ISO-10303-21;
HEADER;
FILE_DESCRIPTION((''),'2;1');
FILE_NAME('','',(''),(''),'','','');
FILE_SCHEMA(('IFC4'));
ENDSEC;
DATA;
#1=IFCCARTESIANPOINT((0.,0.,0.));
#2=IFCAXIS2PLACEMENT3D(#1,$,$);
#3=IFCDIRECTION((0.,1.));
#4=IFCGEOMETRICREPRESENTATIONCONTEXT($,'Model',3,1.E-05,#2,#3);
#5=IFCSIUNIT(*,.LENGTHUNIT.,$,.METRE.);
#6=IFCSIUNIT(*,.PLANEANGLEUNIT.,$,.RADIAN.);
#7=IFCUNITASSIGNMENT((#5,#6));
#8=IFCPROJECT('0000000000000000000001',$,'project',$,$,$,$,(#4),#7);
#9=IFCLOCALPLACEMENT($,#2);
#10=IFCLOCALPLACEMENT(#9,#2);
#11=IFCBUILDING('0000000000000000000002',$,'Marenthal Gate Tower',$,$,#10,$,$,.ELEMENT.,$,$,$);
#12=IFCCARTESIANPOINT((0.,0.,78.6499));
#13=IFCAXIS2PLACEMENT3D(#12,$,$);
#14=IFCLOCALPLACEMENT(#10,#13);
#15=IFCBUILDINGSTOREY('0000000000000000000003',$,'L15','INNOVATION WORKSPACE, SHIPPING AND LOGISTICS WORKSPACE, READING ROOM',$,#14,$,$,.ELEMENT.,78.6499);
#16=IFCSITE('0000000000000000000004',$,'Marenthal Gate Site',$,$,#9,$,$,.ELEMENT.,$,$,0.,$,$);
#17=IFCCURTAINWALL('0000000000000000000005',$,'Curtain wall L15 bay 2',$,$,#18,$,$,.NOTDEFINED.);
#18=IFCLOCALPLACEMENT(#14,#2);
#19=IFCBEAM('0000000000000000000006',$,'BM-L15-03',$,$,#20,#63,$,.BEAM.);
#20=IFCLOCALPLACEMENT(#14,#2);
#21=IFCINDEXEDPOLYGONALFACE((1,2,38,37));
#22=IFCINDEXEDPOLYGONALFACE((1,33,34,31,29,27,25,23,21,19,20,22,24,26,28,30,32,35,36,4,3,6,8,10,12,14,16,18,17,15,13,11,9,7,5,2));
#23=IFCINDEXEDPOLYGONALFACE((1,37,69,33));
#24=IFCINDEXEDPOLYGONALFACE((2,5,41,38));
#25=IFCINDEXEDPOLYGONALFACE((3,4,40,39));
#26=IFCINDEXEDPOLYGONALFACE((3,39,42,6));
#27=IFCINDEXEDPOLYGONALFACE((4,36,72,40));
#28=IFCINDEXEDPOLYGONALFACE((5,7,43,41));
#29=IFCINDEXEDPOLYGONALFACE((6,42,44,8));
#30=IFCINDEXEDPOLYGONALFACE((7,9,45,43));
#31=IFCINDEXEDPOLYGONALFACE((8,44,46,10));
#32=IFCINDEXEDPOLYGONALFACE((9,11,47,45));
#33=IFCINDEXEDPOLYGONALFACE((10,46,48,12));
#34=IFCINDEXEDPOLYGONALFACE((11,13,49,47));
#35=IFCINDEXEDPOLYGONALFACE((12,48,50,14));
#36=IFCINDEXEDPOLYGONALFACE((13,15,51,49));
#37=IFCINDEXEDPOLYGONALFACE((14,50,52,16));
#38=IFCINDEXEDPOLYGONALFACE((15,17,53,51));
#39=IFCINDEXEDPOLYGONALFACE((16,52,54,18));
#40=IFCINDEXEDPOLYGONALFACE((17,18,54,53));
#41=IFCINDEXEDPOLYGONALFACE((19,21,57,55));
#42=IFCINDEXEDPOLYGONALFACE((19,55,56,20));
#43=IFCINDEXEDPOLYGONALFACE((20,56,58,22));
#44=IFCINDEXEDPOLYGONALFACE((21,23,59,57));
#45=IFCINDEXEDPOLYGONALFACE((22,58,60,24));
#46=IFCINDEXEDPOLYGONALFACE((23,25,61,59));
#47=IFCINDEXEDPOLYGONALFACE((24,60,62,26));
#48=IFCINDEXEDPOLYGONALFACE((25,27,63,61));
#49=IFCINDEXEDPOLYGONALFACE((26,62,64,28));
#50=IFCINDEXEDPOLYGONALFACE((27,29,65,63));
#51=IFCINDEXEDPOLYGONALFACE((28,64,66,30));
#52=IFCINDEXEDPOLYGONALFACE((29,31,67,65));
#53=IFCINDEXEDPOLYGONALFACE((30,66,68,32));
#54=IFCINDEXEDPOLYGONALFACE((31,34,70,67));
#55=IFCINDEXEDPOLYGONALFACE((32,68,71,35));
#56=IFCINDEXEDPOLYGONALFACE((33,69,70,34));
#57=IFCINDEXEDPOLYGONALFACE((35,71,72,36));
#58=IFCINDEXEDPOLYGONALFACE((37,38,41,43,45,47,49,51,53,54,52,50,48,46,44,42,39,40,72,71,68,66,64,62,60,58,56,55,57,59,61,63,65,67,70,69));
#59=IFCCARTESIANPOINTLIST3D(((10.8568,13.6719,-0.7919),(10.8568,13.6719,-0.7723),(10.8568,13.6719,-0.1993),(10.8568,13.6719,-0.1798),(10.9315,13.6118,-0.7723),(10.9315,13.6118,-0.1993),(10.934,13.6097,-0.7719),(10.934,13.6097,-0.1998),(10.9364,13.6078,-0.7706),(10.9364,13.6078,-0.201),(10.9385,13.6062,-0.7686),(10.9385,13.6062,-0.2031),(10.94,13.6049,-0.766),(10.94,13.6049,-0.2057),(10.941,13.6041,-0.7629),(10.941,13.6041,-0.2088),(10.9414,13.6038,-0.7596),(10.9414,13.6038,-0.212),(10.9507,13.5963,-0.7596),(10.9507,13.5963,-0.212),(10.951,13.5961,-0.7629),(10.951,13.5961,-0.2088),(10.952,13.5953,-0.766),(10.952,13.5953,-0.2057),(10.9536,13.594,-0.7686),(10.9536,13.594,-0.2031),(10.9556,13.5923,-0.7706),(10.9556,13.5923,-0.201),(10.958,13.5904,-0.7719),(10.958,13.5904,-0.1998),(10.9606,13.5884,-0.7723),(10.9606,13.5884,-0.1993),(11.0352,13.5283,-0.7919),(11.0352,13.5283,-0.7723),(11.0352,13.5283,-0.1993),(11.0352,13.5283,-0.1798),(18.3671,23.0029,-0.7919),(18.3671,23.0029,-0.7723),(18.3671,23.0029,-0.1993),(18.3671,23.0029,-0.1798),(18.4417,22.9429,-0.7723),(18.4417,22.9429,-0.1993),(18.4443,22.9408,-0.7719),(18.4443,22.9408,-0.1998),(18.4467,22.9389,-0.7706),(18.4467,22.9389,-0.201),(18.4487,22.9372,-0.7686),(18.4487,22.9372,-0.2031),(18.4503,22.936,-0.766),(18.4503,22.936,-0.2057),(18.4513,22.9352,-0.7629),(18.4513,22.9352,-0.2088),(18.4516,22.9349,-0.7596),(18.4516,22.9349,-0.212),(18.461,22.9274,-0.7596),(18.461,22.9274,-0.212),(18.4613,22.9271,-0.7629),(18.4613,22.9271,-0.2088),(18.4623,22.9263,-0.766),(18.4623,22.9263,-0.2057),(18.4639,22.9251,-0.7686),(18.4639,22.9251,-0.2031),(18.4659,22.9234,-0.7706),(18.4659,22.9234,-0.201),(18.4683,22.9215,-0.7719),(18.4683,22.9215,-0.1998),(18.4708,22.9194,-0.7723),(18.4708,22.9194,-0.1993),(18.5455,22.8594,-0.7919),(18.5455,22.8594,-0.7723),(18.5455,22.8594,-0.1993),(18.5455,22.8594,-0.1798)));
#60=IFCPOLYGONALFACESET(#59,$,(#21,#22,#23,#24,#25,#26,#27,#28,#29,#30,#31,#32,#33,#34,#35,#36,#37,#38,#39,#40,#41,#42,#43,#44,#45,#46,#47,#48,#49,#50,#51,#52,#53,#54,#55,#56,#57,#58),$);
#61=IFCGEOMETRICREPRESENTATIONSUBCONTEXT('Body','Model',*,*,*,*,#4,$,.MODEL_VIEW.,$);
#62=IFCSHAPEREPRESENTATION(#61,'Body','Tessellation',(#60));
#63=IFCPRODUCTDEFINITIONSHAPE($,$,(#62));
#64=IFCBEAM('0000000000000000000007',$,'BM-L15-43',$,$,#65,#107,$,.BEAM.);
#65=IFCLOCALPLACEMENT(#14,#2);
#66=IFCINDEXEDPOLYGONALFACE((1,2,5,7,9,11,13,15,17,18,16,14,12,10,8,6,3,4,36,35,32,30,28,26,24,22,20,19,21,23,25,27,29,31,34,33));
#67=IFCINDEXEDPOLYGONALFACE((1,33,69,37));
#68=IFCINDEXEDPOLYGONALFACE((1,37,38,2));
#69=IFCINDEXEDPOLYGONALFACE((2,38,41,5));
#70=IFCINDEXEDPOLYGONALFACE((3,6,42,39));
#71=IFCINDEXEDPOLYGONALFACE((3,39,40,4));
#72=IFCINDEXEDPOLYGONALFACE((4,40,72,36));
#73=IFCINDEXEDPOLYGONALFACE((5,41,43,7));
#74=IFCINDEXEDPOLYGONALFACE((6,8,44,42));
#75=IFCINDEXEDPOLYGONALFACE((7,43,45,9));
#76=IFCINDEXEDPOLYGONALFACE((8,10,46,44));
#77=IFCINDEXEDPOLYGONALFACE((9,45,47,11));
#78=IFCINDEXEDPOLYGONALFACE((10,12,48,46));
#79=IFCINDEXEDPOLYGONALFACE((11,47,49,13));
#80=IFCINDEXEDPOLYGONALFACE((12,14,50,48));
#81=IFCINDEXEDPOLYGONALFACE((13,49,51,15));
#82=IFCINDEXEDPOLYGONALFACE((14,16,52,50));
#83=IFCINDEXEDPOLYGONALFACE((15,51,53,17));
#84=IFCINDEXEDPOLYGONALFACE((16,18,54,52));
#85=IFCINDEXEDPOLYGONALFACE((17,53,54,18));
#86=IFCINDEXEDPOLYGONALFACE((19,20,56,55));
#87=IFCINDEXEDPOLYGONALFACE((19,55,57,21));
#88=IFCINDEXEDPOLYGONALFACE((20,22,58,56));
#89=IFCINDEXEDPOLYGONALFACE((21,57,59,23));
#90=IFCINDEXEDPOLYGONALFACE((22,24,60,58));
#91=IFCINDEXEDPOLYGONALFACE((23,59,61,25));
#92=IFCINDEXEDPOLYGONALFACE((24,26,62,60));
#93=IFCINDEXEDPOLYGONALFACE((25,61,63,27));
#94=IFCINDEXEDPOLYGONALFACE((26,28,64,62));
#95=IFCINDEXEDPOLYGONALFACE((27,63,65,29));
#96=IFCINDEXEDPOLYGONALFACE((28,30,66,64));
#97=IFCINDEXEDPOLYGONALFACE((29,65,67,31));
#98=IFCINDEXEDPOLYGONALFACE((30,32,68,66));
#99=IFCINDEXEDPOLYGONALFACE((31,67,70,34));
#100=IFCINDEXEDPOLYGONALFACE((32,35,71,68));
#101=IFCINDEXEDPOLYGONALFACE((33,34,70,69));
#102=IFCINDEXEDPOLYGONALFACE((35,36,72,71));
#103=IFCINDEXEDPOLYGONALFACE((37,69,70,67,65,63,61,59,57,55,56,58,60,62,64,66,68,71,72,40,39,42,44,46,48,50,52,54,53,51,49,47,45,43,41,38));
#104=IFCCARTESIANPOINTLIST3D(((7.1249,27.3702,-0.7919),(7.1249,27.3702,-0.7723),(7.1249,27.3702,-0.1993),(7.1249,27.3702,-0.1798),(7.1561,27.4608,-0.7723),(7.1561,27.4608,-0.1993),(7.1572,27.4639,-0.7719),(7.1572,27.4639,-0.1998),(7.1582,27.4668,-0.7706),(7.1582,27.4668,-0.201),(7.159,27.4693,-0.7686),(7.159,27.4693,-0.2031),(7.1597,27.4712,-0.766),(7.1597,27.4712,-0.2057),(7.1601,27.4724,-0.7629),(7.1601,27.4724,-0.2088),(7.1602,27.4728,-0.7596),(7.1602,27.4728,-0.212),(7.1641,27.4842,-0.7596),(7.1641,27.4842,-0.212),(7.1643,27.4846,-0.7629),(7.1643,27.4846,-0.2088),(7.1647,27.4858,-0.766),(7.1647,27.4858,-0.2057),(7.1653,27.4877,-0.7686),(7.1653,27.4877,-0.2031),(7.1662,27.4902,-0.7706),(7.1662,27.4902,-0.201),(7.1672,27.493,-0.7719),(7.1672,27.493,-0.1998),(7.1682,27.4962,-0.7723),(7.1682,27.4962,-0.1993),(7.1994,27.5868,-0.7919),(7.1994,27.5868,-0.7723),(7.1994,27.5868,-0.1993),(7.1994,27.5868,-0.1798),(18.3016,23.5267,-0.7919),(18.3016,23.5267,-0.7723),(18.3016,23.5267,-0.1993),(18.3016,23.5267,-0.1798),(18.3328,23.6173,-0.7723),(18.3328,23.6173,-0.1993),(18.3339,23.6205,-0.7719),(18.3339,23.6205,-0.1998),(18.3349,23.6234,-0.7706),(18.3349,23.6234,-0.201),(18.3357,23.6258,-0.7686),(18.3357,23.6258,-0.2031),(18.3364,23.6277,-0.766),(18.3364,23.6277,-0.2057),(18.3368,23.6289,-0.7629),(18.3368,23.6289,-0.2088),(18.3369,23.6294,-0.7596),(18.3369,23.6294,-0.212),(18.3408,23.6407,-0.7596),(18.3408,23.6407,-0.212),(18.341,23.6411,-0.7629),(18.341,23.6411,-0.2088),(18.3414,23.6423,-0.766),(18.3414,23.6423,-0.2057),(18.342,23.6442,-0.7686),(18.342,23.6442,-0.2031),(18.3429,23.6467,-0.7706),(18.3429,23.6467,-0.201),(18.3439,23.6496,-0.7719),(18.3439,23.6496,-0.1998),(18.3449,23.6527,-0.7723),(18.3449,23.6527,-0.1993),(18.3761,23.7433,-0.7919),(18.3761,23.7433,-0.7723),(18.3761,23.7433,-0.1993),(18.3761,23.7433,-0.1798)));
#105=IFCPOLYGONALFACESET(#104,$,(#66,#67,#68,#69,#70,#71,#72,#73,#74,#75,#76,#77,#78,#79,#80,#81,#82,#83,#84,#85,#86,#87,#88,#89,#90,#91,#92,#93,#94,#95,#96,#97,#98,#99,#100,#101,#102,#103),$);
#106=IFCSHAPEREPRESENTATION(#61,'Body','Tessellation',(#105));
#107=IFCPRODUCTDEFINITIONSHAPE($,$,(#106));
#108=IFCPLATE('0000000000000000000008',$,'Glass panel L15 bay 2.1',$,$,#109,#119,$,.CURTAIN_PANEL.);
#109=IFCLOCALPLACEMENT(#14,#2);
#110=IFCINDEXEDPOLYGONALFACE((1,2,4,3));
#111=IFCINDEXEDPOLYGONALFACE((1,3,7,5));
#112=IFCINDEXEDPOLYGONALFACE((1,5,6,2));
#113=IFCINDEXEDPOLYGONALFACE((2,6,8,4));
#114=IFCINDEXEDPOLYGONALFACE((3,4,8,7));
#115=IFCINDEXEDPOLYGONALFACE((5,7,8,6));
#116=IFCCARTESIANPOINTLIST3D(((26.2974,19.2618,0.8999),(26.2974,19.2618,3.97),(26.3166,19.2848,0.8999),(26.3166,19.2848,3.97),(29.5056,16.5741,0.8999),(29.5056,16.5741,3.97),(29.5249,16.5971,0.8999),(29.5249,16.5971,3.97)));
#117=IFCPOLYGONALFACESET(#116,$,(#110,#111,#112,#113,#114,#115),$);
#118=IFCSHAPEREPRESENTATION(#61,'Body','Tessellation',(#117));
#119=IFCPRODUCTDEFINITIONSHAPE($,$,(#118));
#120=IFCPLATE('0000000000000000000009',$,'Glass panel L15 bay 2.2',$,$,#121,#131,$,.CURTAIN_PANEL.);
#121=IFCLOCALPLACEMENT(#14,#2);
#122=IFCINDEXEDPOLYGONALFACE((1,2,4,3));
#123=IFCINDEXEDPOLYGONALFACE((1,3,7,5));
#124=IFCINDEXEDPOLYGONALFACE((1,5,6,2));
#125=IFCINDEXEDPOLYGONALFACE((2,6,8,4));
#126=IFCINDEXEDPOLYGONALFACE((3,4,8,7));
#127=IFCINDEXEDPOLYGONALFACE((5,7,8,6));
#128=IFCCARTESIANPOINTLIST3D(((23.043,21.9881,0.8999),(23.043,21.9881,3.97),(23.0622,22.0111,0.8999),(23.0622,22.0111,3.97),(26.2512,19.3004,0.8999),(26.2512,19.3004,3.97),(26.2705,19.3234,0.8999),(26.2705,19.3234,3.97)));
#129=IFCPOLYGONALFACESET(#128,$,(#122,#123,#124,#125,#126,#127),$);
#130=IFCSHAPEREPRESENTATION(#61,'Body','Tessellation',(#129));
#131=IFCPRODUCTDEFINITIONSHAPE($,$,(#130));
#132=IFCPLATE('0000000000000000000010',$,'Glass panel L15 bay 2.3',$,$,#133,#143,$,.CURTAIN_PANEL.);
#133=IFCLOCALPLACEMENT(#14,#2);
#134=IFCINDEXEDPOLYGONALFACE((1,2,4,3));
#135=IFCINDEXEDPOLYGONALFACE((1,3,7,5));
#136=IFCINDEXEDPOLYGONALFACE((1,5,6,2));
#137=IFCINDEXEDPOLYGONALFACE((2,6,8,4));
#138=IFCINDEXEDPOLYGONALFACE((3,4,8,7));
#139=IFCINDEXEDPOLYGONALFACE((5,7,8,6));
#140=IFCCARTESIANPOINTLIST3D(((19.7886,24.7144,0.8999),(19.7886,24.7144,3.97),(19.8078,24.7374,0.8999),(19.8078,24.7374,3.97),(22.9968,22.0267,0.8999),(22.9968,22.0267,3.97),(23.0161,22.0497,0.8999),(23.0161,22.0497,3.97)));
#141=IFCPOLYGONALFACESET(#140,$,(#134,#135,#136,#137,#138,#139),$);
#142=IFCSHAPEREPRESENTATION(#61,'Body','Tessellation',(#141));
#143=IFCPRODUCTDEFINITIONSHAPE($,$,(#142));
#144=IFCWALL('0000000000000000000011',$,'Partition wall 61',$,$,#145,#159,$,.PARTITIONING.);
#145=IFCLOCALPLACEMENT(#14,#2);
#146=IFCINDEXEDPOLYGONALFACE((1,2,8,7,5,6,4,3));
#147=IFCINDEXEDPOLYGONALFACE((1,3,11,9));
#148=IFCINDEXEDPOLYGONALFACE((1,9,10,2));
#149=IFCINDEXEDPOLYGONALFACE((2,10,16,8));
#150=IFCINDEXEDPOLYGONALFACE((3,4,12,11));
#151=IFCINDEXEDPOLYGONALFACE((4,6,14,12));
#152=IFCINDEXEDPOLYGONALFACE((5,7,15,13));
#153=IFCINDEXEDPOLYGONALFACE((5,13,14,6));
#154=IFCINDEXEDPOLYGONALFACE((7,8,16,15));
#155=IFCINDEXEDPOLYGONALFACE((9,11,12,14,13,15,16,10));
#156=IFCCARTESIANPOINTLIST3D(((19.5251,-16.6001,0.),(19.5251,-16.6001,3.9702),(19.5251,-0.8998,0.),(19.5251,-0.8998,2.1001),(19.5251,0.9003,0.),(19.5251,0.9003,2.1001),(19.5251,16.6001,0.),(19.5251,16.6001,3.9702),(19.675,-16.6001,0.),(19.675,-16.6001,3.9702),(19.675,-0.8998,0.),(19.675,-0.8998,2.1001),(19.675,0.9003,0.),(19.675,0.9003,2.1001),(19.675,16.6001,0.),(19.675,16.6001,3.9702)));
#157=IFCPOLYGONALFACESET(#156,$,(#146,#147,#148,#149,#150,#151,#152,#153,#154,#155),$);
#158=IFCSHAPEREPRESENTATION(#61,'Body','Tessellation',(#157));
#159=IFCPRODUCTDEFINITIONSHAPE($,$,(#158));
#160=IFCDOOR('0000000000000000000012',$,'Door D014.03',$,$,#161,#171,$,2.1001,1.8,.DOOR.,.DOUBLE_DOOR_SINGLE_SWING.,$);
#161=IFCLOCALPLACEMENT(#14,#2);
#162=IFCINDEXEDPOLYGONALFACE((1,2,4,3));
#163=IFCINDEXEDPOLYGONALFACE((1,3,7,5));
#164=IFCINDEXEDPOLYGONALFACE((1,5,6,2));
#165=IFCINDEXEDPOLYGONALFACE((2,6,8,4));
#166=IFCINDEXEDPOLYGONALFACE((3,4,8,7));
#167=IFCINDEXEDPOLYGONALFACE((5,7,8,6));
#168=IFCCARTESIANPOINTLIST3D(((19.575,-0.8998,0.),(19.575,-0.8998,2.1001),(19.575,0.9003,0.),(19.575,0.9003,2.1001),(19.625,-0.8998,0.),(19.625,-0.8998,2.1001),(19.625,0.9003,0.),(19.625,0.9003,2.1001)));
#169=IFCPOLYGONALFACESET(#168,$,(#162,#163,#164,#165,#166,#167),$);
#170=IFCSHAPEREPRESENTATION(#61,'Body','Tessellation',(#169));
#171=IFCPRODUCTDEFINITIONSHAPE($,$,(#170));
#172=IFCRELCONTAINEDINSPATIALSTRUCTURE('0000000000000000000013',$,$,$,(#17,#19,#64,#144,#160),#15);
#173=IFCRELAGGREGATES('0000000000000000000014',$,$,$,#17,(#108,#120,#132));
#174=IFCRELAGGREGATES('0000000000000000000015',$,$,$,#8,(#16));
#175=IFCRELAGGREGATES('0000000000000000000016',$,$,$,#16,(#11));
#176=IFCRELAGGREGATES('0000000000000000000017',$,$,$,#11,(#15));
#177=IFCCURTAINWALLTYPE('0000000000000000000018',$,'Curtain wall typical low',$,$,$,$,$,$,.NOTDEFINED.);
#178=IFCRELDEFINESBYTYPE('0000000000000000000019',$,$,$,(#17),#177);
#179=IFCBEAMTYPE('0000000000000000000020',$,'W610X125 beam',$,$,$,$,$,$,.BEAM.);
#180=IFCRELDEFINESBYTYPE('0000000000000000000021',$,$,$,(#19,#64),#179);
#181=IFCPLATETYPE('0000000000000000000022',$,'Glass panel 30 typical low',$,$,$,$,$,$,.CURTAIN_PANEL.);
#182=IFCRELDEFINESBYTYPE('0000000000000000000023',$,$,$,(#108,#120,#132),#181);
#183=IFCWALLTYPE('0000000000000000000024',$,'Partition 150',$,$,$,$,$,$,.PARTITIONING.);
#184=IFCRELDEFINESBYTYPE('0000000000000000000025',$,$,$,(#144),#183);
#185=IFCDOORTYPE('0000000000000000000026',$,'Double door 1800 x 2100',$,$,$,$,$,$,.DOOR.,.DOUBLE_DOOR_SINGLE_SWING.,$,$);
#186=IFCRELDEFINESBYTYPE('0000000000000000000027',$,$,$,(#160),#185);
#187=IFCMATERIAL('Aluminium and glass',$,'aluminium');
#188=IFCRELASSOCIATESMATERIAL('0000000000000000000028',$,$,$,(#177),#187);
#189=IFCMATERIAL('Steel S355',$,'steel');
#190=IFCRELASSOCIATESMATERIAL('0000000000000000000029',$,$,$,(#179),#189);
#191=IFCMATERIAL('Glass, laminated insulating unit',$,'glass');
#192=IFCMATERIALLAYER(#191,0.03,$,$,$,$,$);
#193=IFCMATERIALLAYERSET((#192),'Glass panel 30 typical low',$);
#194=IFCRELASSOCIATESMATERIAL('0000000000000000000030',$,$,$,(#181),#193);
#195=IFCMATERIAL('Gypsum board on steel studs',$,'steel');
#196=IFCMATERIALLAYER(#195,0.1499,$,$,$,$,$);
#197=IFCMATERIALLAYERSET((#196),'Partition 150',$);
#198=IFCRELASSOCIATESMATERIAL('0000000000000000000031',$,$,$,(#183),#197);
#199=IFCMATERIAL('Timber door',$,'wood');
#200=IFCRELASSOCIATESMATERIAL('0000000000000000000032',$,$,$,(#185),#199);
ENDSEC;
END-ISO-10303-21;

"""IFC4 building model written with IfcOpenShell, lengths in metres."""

from ifc_helpers import new_model, si_unit, direction, frame, frame_2d, origin, origin_2d, place, context, subcontext, project, spatial, rectangle, i_section, extrude, material, layer, layer_set, material_profile, profile_set, type_object, element, fill, aggregate, save


model = new_model("IFC4")

# Units and contexts
model_context = context("Model", 3, precision=1e-05, world=origin(), true_north=direction((0.0, 1.0)))
body_context = subcontext(model_context, "Body", "Model", "MODEL_VIEW")
ifc_project = project(units=[si_unit("LENGTHUNIT", "METRE"), si_unit("PLANEANGLEUNIT", "RADIAN")], contexts=[model_context])

# Site, building, storey
site_placement = place(None, origin())
site = spatial("IfcSite", under=ifc_project, at=site_placement, Name="Marenthal Gate Site", CompositionType="ELEMENT", RefElevation=0.0)
building_placement = place(site_placement, origin())
building = spatial("IfcBuilding", under=site, at=building_placement, Name="Marenthal Gate Tower", CompositionType="ELEMENT")
storey_placement = place(building_placement, frame((0.0, 0.0, 78.6499)))
storey = spatial("IfcBuildingStorey", under=building, at=storey_placement, Name="L15", Description="INNOVATION WORKSPACE, SHIPPING AND LOGISTICS WORKSPACE, READING ROOM", CompositionType="ELEMENT", Elevation=78.6499)

# Curtain wall
ifc_material_1 = material(Name="Aluminium and glass", Category="aluminium")
curtain_wall_type = type_object("IfcCurtainWallType", Name="Curtain wall typical low", PredefinedType="NOTDEFINED", material=ifc_material_1)
curtain_wall_placement = place(storey_placement, origin())
curtain_wall = element("IfcCurtainWall", 1, at=curtain_wall_placement, inside=storey, type_object=curtain_wall_type, Name="Curtain wall L15 bay 2", PredefinedType="NOTDEFINED")

# Beams
ifc_material_2 = material(Name="Steel S355", Category="steel")
ifc_material_profile_1 = material_profile(ifc_material_2, i_section(OverallWidth=0.229, OverallDepth=0.6121, WebThickness=0.012, FlangeThickness=0.0195, FilletRadius=0.0127, at=origin_2d()), Name="W610X125")
ifc_profile_set_1 = profile_set([ifc_material_profile_1], Name="Steel S355")
beam_type_1 = type_object("IfcBeamType", Name="W610X125 beam", PredefinedType="BEAM", material=ifc_profile_set_1)
beam_1_placement = place(storey_placement, frame((18.4563, 22.9312, -0.4858), z_axis=(-0.627004, -0.779016, 0.0), x_axis=(0.779016, -0.627004, 0.0)))
element("IfcBeam", 2, at=beam_1_placement, inside=storey, type_object=beam_type_1, Name="BM-L15-03", PredefinedType="BEAM", context=body_context, shape_type="SweptSolid", body=[
    extrude(i_section(OverallWidth=0.229, OverallDepth=0.6121, WebThickness=0.012, FlangeThickness=0.0195, FilletRadius=0.0127, at=origin_2d()), origin(), (0.0, 0.0, 1.0), 11.978),
])
beam_2_placement = place(storey_placement, frame((18.3389, 23.635, -0.4858), z_axis=(-0.945648, 0.325193, 0.0), x_axis=(-0.325193, -0.945648, 0.0)))
element("IfcBeam", 3, at=beam_2_placement, inside=storey, type_object=beam_type_1, Name="BM-L15-43", PredefinedType="BEAM", context=body_context, shape_type="SweptSolid", body=[
    extrude(i_section(OverallWidth=0.229, OverallDepth=0.6121, WebThickness=0.012, FlangeThickness=0.0195, FilletRadius=0.0127, at=origin_2d()), origin(), (0.0, 0.0, 1.0), 11.8191),
])

# Plates
ifc_material_3 = material(Name="Glass, laminated insulating unit", Category="glass")
ifc_layer_1 = layer(ifc_material_3, 0.03)
ifc_layer_set_1 = layer_set([ifc_layer_1], Name="Glass panel 30 typical low")
plate_type = type_object("IfcPlateType", Name="Glass panel 30 typical low", PredefinedType="CURTAIN_PANEL", material=ifc_layer_set_1)
plate_1_placement = place(storey_placement, frame((27.9111, 17.9294, 0.8999), z_axis=(0.0, 0.0, 1.0), x_axis=(-0.766557, 0.642176, 0.0)))
plate_1 = element("IfcPlate", 4, at=plate_1_placement, type_object=plate_type, Name="Glass panel L15 bay 2.1", PredefinedType="CURTAIN_PANEL", context=body_context, shape_type="SweptSolid", body=[
    extrude(rectangle(XDim=4.1853, YDim=0.03, at=origin_2d()), origin(), (0.0, 0.0, 1.0), 3.0701),
])
plate_2_placement = place(storey_placement, frame((24.6567, 20.6558, 0.8999), z_axis=(0.0, 0.0, 1.0), x_axis=(-0.766557, 0.642176, 0.0)))
plate_2 = element("IfcPlate", 5, at=plate_2_placement, type_object=plate_type, Name="Glass panel L15 bay 2.2", PredefinedType="CURTAIN_PANEL", context=body_context, shape_type="SweptSolid", body=[
    extrude(rectangle(XDim=4.1853, YDim=0.03, at=origin_2d()), origin(), (0.0, 0.0, 1.0), 3.0701),
])
plate_3_placement = place(storey_placement, frame((21.4023, 23.3821, 0.8999), z_axis=(0.0, 0.0, 1.0), x_axis=(-0.766557, 0.642176, 0.0)))
plate_3 = element("IfcPlate", 6, at=plate_3_placement, type_object=plate_type, Name="Glass panel L15 bay 2.3", PredefinedType="CURTAIN_PANEL", context=body_context, shape_type="SweptSolid", body=[
    extrude(rectangle(XDim=4.1853, YDim=0.03, at=origin_2d()), origin(), (0.0, 0.0, 1.0), 3.0701),
])
aggregate(curtain_wall, [plate_1, plate_2, plate_3])

# Wall, opening, door
ifc_material_4 = material(Name="Gypsum board on steel studs", Category="steel")
ifc_layer_2 = layer(ifc_material_4, 0.1499)
ifc_layer_set_2 = layer_set([ifc_layer_2], Name="Partition 150")
wall_type_1 = type_object("IfcWallType", Name="Partition 150", PredefinedType="PARTITIONING", material=ifc_layer_set_2)
wall_1_placement = place(storey_placement, frame((19.6001, 16.6001, 0.0), z_axis=(0.0, 0.0, 1.0), x_axis=(0.0, -1.0, 0.0)))
wall_1 = element("IfcWall", 7, at=wall_1_placement, inside=storey, type_object=wall_type_1, Name="Partition wall 61", PredefinedType="PARTITIONING", context=body_context, shape_type="SweptSolid", body=[
    extrude(rectangle(XDim=33.2002, YDim=0.1499, at=frame_2d((16.6001, 0.0))), origin(), (0.0, 0.0, 1.0), 3.9702),
])
opening_1_placement = place(wall_1_placement, frame((15.7, 0.0, 0.0)))
opening_1 = element("IfcOpeningElement", 8, at=opening_1_placement, cuts=wall_1, PredefinedType="OPENING", context=body_context, shape_type="SweptSolid", body=[
    extrude(rectangle(XDim=1.8, YDim=2.1001, at=frame_2d((0.8999, 1.05))), frame((0.0, 0.085, 0.0), z_axis=(0.0, -1.0, 0.0), x_axis=(1.0, 0.0, 0.0)), (0.0, 0.0, 1.0), 0.1699),
])
ifc_material_5 = material(Name="Timber door", Category="wood")
door_type_1 = type_object("IfcDoorType", Name="Double door 1800 x 2100", OperationType="DOUBLE_DOOR_SINGLE_SWING", PredefinedType="DOOR", material=ifc_material_5)
door_1_placement = place(opening_1_placement, origin())
door_1 = element("IfcDoor", 9, at=door_1_placement, inside=storey, type_object=door_type_1, Name="Door D014.03", OperationType="DOUBLE_DOOR_SINGLE_SWING", OverallHeight=2.1001, OverallWidth=1.8, PredefinedType="DOOR", context=body_context, shape_type="SweptSolid", body=[
    extrude(rectangle(XDim=1.8, YDim=2.1001, at=frame_2d((0.8999, 1.05))), frame((0.0, 0.0249, 0.0), z_axis=(0.0, -1.0, 0.0), x_axis=(1.0, 0.0, 0.0)), (0.0, 0.0, 1.0), 0.05),
])
fill(opening_1, door_1)

save(model, "model.ifc")
